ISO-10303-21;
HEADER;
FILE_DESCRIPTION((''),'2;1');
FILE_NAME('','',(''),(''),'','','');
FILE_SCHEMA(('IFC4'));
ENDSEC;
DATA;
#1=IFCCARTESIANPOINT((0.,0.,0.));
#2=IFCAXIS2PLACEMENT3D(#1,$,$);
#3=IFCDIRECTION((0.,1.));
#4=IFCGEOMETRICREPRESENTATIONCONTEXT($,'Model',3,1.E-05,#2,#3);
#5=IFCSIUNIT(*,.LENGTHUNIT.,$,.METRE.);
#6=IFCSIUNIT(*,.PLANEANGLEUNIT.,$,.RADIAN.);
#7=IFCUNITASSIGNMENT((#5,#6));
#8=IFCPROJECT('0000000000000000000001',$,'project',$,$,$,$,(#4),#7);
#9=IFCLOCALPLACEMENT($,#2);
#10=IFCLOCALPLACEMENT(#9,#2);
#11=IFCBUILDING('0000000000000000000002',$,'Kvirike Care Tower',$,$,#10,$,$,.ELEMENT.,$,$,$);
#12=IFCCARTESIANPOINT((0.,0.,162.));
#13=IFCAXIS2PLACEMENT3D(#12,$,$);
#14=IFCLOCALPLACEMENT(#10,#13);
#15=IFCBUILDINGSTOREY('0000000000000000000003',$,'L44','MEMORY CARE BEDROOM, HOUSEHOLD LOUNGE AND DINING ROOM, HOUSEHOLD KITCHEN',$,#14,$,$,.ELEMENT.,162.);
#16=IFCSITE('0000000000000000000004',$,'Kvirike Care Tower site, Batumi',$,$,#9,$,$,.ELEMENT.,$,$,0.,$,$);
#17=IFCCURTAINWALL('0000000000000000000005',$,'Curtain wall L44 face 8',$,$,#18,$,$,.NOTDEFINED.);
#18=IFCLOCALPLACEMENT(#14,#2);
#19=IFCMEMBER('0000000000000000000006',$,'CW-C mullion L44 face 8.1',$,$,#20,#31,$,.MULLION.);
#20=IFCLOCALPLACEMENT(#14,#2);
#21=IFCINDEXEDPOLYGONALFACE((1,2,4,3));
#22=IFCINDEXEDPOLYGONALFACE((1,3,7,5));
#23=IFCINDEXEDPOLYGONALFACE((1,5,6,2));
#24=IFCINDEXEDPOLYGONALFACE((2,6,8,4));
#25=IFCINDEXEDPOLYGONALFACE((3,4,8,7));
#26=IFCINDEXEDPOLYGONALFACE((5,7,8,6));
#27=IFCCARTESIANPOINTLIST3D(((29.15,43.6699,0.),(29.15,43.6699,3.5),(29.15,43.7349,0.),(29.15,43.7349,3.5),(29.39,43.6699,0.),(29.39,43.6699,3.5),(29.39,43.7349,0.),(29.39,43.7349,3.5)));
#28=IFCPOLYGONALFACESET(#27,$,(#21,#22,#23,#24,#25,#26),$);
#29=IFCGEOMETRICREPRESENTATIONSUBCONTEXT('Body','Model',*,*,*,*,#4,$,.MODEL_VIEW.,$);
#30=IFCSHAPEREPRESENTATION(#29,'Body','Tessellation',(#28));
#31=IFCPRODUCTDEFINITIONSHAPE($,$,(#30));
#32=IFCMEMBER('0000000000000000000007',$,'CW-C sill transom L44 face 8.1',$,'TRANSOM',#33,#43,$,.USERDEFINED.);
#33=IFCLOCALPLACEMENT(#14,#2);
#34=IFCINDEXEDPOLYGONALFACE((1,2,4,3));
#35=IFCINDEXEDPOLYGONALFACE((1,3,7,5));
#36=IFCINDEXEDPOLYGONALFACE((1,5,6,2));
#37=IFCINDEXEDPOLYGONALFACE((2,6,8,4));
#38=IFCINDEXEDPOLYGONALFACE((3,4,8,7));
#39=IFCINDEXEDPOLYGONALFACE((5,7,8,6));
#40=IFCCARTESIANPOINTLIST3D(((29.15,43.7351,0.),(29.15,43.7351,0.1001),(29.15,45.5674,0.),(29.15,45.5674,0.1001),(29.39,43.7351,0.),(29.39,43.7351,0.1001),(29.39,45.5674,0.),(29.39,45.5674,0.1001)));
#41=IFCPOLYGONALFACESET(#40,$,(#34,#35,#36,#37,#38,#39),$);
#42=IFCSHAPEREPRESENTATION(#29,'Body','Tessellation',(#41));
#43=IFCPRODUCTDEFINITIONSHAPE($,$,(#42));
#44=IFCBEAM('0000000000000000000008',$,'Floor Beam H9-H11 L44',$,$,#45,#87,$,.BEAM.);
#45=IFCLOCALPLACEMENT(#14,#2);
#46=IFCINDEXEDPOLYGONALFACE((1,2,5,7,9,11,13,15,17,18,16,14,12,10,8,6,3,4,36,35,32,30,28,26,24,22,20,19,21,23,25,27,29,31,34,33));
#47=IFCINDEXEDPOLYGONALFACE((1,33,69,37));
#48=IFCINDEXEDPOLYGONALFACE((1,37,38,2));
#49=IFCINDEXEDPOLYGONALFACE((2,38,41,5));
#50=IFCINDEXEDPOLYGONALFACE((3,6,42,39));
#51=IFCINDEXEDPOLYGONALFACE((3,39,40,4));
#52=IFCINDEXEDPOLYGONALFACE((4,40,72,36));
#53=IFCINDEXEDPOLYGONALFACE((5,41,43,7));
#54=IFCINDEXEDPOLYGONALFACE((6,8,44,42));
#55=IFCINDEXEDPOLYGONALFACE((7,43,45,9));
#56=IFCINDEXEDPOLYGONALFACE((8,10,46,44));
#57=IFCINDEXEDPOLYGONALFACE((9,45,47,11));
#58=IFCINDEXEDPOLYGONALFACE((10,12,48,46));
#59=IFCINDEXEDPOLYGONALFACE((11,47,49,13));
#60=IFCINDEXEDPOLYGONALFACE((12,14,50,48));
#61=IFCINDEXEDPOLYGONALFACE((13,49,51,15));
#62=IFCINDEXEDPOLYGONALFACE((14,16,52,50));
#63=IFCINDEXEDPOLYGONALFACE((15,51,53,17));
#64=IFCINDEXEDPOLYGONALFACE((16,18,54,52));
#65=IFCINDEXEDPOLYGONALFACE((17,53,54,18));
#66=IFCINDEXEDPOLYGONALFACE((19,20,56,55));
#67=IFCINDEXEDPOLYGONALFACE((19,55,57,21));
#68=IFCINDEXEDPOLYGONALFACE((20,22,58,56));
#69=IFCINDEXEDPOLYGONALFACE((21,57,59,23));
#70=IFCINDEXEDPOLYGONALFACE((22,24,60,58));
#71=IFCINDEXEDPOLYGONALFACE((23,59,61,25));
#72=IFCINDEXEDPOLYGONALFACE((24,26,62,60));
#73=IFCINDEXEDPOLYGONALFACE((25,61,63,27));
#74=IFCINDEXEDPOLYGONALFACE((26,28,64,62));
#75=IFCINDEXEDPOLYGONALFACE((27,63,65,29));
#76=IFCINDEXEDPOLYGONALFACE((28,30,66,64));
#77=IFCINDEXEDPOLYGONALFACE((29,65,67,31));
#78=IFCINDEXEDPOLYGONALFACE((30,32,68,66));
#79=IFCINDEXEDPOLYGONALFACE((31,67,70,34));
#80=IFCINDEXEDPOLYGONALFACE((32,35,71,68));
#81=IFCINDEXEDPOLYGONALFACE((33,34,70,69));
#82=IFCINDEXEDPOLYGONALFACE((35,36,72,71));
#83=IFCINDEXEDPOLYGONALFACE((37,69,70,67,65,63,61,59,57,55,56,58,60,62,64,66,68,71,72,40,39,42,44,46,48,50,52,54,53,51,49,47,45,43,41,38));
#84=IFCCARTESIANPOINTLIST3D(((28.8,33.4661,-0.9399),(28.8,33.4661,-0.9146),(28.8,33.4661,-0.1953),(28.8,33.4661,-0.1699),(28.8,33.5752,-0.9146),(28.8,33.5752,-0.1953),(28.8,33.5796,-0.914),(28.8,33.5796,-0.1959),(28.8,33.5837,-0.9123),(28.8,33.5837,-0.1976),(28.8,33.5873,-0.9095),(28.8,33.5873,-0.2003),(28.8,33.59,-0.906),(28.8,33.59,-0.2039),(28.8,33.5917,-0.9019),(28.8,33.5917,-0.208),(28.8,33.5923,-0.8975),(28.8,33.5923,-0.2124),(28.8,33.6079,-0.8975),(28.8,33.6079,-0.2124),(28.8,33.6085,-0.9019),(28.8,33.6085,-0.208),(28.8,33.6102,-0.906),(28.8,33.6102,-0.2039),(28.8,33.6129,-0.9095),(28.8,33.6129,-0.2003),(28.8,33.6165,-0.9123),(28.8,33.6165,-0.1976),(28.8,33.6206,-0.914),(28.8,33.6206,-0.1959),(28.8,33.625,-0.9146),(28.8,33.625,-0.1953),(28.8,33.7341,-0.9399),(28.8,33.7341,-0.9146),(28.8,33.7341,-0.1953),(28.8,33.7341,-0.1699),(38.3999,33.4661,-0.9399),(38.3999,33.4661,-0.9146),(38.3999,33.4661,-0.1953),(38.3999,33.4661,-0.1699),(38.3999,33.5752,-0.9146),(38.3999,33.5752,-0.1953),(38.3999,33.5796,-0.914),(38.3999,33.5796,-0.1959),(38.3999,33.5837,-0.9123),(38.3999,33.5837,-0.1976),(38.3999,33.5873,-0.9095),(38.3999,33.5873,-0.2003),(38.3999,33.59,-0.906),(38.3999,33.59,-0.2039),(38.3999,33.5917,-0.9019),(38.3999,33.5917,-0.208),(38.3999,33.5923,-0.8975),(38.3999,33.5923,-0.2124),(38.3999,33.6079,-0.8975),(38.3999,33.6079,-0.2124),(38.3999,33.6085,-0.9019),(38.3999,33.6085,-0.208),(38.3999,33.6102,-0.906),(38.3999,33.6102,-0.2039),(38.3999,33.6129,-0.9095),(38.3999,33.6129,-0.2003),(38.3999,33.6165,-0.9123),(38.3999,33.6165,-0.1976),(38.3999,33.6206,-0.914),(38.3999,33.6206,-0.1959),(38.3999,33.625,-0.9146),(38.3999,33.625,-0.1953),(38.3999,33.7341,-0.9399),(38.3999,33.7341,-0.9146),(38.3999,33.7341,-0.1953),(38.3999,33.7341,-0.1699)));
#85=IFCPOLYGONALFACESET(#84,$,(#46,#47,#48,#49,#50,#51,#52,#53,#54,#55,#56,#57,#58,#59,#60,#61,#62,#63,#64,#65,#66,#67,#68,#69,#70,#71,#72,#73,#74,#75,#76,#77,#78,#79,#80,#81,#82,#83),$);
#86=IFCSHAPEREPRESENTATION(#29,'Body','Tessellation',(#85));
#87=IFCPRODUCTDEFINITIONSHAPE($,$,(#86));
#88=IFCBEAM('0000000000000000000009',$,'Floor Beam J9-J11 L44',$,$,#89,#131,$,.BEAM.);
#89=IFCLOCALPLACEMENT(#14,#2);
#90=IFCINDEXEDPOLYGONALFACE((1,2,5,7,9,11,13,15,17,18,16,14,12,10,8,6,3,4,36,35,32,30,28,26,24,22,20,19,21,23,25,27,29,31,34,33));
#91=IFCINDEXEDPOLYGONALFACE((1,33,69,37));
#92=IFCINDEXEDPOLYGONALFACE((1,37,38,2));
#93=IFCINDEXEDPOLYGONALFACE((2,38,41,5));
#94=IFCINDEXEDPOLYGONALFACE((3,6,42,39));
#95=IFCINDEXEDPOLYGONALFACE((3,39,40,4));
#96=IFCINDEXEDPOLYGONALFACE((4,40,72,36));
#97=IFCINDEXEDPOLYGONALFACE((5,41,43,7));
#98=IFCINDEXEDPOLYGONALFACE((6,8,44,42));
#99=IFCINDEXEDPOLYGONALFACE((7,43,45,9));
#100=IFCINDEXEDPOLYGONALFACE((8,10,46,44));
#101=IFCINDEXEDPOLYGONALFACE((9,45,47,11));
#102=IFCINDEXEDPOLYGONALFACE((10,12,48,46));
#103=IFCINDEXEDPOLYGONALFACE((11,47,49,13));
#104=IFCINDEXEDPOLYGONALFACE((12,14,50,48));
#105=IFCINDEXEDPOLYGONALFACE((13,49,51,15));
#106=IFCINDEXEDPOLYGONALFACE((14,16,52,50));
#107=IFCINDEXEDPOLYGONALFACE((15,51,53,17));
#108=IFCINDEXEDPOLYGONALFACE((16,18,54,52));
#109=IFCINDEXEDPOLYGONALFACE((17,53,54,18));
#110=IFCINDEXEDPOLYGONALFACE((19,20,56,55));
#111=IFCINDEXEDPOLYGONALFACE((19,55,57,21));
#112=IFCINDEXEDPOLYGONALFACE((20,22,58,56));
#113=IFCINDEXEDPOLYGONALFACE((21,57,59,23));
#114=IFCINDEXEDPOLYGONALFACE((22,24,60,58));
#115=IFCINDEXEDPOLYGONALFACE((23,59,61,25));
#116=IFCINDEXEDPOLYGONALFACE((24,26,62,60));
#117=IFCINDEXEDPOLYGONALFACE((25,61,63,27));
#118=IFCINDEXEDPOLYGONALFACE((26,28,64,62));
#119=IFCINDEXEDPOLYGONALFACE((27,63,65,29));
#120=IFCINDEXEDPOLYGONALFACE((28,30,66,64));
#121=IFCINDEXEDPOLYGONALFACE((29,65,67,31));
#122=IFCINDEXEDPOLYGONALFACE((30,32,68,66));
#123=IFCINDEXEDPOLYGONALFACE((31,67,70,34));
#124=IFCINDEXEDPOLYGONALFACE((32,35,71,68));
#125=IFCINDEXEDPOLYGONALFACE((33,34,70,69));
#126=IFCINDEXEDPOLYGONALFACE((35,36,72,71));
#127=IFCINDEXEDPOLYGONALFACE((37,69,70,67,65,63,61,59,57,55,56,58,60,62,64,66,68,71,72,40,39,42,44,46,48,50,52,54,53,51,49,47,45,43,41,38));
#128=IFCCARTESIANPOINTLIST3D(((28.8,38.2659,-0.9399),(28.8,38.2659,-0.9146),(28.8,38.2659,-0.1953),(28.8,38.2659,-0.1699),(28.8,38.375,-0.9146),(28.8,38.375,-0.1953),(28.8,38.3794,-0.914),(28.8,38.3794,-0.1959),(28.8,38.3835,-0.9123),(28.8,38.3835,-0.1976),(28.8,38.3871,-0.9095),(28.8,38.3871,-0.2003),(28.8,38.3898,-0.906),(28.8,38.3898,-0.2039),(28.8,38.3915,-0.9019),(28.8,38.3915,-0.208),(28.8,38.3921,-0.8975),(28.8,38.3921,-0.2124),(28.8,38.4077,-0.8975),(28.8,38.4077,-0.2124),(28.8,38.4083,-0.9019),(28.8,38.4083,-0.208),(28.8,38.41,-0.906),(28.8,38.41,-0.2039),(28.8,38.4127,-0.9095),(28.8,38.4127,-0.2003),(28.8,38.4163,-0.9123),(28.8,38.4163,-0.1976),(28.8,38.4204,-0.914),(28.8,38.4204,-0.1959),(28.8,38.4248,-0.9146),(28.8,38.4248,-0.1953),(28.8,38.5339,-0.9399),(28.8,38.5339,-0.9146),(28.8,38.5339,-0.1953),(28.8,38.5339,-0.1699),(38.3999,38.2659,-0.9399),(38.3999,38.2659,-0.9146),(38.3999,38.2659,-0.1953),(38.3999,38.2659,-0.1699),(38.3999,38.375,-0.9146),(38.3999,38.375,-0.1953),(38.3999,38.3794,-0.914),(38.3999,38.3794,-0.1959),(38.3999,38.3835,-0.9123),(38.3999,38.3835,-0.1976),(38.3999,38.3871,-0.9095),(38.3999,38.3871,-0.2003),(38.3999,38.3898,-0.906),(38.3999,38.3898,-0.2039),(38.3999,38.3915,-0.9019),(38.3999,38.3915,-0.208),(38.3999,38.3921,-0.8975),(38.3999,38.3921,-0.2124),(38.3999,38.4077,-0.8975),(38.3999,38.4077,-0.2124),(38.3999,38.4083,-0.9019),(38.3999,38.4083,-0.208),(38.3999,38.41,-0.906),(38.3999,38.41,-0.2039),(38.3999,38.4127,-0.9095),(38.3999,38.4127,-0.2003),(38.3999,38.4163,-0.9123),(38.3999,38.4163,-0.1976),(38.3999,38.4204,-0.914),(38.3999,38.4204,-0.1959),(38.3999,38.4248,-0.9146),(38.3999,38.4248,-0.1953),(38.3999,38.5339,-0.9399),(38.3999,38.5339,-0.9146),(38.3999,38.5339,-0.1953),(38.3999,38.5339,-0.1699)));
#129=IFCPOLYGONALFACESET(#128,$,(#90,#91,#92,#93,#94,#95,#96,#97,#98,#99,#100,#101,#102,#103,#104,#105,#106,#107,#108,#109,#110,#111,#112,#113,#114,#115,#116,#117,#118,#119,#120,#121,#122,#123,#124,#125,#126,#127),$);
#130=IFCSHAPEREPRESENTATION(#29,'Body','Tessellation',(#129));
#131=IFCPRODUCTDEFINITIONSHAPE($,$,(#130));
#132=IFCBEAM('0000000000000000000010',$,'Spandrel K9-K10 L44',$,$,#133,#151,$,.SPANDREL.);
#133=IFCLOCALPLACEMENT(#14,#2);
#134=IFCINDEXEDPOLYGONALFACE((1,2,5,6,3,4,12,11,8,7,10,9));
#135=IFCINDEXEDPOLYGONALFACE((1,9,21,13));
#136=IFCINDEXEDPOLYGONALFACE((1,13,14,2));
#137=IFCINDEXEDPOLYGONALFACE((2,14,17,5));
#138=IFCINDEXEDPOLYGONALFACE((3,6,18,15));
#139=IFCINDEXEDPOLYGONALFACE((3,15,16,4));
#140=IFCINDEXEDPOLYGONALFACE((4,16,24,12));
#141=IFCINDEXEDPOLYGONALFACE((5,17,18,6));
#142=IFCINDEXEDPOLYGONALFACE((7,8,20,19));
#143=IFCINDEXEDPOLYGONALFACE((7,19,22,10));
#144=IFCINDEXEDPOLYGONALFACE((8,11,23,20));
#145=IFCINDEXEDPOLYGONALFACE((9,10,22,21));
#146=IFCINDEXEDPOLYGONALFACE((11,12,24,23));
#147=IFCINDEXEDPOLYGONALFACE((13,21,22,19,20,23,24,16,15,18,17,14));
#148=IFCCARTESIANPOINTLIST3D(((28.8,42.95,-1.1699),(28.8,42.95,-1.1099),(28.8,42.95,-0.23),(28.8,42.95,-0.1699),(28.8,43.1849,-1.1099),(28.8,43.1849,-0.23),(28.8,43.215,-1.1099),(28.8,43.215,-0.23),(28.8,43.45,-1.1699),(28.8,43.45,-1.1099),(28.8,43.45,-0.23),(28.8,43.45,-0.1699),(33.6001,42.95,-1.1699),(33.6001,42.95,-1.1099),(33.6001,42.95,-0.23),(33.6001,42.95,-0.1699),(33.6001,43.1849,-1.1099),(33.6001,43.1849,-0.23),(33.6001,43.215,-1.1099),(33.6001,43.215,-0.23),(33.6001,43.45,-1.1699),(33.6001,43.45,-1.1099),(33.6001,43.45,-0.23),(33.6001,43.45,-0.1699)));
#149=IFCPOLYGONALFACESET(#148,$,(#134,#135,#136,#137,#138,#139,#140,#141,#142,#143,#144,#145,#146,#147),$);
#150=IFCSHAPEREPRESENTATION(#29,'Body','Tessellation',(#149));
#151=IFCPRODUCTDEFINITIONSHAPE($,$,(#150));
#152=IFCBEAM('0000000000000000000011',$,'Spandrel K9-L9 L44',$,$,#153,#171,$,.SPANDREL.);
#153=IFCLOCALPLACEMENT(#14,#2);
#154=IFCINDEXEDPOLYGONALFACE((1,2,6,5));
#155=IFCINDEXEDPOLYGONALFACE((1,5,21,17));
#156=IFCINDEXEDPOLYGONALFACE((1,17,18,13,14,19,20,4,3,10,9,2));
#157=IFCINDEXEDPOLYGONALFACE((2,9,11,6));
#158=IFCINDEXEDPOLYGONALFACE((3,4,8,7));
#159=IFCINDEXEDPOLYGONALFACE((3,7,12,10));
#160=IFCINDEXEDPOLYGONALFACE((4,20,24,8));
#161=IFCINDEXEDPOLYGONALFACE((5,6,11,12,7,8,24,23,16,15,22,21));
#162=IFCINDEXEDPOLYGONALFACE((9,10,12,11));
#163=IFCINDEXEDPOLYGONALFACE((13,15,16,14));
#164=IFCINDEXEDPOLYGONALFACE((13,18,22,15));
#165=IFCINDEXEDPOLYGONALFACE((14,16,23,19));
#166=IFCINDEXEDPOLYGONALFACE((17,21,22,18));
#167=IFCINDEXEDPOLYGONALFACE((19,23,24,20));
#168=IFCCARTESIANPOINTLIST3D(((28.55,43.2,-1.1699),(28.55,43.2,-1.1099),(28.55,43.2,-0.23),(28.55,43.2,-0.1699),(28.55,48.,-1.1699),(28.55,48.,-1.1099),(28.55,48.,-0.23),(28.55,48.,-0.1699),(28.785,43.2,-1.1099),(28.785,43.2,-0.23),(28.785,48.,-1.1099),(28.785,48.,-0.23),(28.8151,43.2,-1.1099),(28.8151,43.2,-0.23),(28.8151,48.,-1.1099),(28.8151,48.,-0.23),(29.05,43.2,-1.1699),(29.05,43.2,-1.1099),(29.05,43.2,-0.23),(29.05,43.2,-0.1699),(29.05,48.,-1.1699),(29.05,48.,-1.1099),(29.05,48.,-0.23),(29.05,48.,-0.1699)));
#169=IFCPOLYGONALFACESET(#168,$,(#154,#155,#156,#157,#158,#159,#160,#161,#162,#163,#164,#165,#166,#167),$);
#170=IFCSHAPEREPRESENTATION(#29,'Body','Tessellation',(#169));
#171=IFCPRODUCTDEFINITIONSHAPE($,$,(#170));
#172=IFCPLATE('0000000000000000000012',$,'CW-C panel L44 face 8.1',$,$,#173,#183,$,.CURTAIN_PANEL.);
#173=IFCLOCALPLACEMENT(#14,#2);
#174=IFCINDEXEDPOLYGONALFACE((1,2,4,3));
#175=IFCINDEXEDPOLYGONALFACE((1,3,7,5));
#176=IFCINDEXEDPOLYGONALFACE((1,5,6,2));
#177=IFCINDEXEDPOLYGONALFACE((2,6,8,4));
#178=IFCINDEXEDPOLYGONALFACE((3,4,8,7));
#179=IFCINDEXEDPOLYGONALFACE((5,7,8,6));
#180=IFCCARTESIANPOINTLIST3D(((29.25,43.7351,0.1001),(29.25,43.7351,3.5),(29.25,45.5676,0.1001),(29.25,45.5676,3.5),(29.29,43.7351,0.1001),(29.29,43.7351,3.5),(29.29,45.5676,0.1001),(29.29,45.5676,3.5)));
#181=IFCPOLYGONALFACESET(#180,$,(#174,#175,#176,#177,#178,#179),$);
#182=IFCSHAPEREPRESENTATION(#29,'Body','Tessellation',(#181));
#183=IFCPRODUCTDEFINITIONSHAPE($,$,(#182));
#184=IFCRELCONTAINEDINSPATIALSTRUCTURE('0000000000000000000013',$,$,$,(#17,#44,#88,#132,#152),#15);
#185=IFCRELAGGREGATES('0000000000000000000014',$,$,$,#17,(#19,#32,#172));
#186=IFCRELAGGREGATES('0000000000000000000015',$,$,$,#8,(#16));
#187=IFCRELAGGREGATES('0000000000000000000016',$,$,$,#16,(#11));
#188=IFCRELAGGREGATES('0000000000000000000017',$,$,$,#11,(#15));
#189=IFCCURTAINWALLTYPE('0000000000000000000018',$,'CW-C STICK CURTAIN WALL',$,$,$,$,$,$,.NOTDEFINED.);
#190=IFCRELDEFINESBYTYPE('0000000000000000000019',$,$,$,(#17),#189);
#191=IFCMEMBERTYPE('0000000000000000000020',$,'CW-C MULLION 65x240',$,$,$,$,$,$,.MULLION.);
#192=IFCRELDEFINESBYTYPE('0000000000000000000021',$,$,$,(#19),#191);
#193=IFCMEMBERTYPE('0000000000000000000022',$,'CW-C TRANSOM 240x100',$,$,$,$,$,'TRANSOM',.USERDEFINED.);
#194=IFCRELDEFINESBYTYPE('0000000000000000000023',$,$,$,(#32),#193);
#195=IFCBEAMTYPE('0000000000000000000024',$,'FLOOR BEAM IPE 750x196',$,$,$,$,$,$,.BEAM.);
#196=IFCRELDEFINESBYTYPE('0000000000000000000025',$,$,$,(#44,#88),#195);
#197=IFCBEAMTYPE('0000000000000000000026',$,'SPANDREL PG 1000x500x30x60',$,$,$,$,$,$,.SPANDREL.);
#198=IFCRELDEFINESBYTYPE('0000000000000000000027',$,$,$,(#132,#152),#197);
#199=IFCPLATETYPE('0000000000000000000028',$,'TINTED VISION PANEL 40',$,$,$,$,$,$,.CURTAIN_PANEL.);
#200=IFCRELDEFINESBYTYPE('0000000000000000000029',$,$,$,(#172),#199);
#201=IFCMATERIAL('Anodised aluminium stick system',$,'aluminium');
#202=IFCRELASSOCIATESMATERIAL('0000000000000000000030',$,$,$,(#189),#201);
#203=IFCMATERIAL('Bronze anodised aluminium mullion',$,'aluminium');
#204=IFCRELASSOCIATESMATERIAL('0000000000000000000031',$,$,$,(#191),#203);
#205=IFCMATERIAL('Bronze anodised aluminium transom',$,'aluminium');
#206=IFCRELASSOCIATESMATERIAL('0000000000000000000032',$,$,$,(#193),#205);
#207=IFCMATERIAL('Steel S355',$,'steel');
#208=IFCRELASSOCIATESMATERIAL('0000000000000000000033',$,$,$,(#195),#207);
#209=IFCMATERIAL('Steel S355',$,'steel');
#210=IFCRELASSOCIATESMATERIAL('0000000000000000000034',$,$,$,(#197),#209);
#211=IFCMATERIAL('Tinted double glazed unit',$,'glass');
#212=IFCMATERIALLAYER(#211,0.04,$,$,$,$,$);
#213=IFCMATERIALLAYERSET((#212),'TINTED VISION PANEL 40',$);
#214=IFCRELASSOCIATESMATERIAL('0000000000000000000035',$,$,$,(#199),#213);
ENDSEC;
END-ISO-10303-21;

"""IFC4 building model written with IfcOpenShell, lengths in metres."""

from ifc_helpers import new_model, si_unit, direction, frame, origin, origin_2d, place, context, subcontext, project, spatial, rectangle, i_section, extrude, material, layer, layer_set, material_profile, profile_set, type_object, element, aggregate, save


model = new_model("IFC4")

# Units and contexts
model_context = context("Model", 3, precision=1e-05, world=origin(), true_north=direction((0.0, 1.0)))
body_context = subcontext(model_context, "Body", "Model", "MODEL_VIEW")
ifc_project = project(units=[si_unit("LENGTHUNIT", "METRE"), si_unit("PLANEANGLEUNIT", "RADIAN")], contexts=[model_context])

# Site, building, storey
site_placement = place(None, origin())
site = spatial("IfcSite", under=ifc_project, at=site_placement, Name="Kvirike Care Tower site, Batumi", CompositionType="ELEMENT", RefElevation=0.0)
building_placement = place(site_placement, origin())
building = spatial("IfcBuilding", under=site, at=building_placement, Name="Kvirike Care Tower", CompositionType="ELEMENT")
storey_placement = place(building_placement, frame((0.0, 0.0, 162.0)))
storey = spatial("IfcBuildingStorey", under=building, at=storey_placement, Name="L44", Description="MEMORY CARE BEDROOM, HOUSEHOLD LOUNGE AND DINING ROOM, HOUSEHOLD KITCHEN", CompositionType="ELEMENT", Elevation=162.0)

# Curtain wall, members
ifc_material_1 = material(Name="Anodised aluminium stick system", Category="aluminium")
curtain_wall_type = type_object("IfcCurtainWallType", Name="CW-C STICK CURTAIN WALL", PredefinedType="NOTDEFINED", material=ifc_material_1)
curtain_wall_placement = place(storey_placement, origin())
curtain_wall = element("IfcCurtainWall", 1, at=curtain_wall_placement, inside=storey, type_object=curtain_wall_type, Name="Curtain wall L44 face 8", PredefinedType="NOTDEFINED")
ifc_material_2 = material(Name="Bronze anodised aluminium mullion", Category="aluminium")
ifc_material_profile_1 = material_profile(ifc_material_2, rectangle(XDim=0.0649, YDim=0.24, at=origin_2d()), Name="CW-C MULLION 65x240")
ifc_profile_set_1 = profile_set([ifc_material_profile_1], Name="Bronze anodised aluminium mullion")
member_type_1 = type_object("IfcMemberType", Name="CW-C MULLION 65x240", PredefinedType="MULLION", material=ifc_profile_set_1)
member_1_placement = place(storey_placement, frame((29.27, 43.7024, 0.0), z_axis=(0.0, 0.0, 1.0), x_axis=(0.0, 1.0, 0.0)))
member_1 = element("IfcMember", 2, at=member_1_placement, type_object=member_type_1, Name="CW-C mullion L44 face 8.1", PredefinedType="MULLION", context=body_context, shape_type="SweptSolid", body=[
    extrude(rectangle(XDim=0.0649, YDim=0.24, at=origin_2d()), origin(), (0.0, 0.0, 1.0), 3.5),
])
ifc_material_3 = material(Name="Bronze anodised aluminium transom", Category="aluminium")
ifc_material_profile_2 = material_profile(ifc_material_3, rectangle(XDim=0.24, YDim=0.1001, at=origin_2d()), Name="CW-C TRANSOM 240x100")
ifc_profile_set_2 = profile_set([ifc_material_profile_2], Name="Bronze anodised aluminium transom")
member_type_2 = type_object("IfcMemberType", Name="CW-C TRANSOM 240x100", ElementType="TRANSOM", PredefinedType="USERDEFINED", material=ifc_profile_set_2)
member_2_placement = place(storey_placement, frame((29.27, 43.7351, 0.05), z_axis=(0.0, 1.0, 0.0), x_axis=(-1.0, 0.0, 0.0)))
member_2 = element("IfcMember", 3, at=member_2_placement, type_object=member_type_2, Name="CW-C sill transom L44 face 8.1", ObjectType="TRANSOM", PredefinedType="USERDEFINED", context=body_context, shape_type="SweptSolid", body=[
    extrude(rectangle(XDim=0.24, YDim=0.1001, at=origin_2d()), origin(), (0.0, 0.0, 1.0), 1.8323),
])

# Beams
ifc_material_4 = material(Name="Steel S355", Category="steel")
ifc_material_profile_3 = material_profile(ifc_material_4, i_section(OverallWidth=0.2681, OverallDepth=0.77, WebThickness=0.0156, FlangeThickness=0.0254, FilletRadius=0.0171, at=origin_2d()), Name="IPE 750x196")
ifc_profile_set_3 = profile_set([ifc_material_profile_3], Name="Steel S355")
beam_type_1 = type_object("IfcBeamType", Name="FLOOR BEAM IPE 750x196", PredefinedType="BEAM", material=ifc_profile_set_3)
for number, where, z_axis, x_axis, name in (
    (4, (28.8, 33.6001, -0.5549), (1.0, 0.0, 0.0), (0.0, 1.0, 0.0), "Floor Beam H9-H11 L44"),
    (5, (28.8, 38.3999, -0.5549), (1.0, 0.0, 0.0), (0.0, 1.0, 0.0), "Floor Beam J9-J11 L44"),
):
    element("IfcBeam", number, at=place(storey_placement, frame(where, z_axis=z_axis, x_axis=x_axis)), inside=storey, type_object=beam_type_1, Name=name, PredefinedType="BEAM", context=body_context, shape_type="SweptSolid", body=[
        extrude(i_section(OverallWidth=0.2681, OverallDepth=0.77, WebThickness=0.0156, FlangeThickness=0.0254, FilletRadius=0.0171, at=origin_2d()), origin(), (0.0, 0.0, 1.0), 9.5999),
    ])
ifc_material_5 = material(Name="Steel S355", Category="steel")
ifc_material_profile_4 = material_profile(ifc_material_5, i_section(OverallWidth=0.5, OverallDepth=1.0, WebThickness=0.03, FlangeThickness=0.0601, at=origin_2d()), Name="PG 1000x500x30x60")
ifc_profile_set_4 = profile_set([ifc_material_profile_4], Name="Steel S355")
beam_type_2 = type_object("IfcBeamType", Name="SPANDREL PG 1000x500x30x60", PredefinedType="SPANDREL", material=ifc_profile_set_4)
for number, where, z_axis, x_axis, name in (
    (6, (28.8, 43.2, -0.6699), (1.0, 0.0, 0.0), (0.0, 1.0, 0.0), "Spandrel K9-K10 L44"),
    (7, (28.8, 43.2, -0.6699), (0.0, 1.0, 0.0), (-1.0, 0.0, 0.0), "Spandrel K9-L9 L44"),
):
    element("IfcBeam", number, at=place(storey_placement, frame(where, z_axis=z_axis, x_axis=x_axis)), inside=storey, type_object=beam_type_2, Name=name, PredefinedType="SPANDREL", context=body_context, shape_type="SweptSolid", body=[
        extrude(i_section(OverallWidth=0.5, OverallDepth=1.0, WebThickness=0.03, FlangeThickness=0.0601, at=origin_2d()), origin(), (0.0, 0.0, 1.0), 4.8),
    ])

# Plate
ifc_material_6 = material(Name="Tinted double glazed unit", Category="glass")
ifc_layer_1 = layer(ifc_material_6, 0.04)
ifc_layer_set_1 = layer_set([ifc_layer_1], Name="TINTED VISION PANEL 40")
plate_type = type_object("IfcPlateType", Name="TINTED VISION PANEL 40", PredefinedType="CURTAIN_PANEL", material=ifc_layer_set_1)
plate_placement = place(storey_placement, frame((29.27, 44.6514, 0.1001), z_axis=(0.0, 0.0, 1.0), x_axis=(0.0, 1.0, 0.0)))
plate = element("IfcPlate", 8, at=plate_placement, type_object=plate_type, Name="CW-C panel L44 face 8.1", PredefinedType="CURTAIN_PANEL", context=body_context, shape_type="SweptSolid", body=[
    extrude(rectangle(XDim=1.8325, YDim=0.04, at=origin_2d()), origin(), (0.0, 0.0, 1.0), 3.3999),
])
aggregate(curtain_wall, [member_1, member_2, plate])

save(model, "model.ifc")
